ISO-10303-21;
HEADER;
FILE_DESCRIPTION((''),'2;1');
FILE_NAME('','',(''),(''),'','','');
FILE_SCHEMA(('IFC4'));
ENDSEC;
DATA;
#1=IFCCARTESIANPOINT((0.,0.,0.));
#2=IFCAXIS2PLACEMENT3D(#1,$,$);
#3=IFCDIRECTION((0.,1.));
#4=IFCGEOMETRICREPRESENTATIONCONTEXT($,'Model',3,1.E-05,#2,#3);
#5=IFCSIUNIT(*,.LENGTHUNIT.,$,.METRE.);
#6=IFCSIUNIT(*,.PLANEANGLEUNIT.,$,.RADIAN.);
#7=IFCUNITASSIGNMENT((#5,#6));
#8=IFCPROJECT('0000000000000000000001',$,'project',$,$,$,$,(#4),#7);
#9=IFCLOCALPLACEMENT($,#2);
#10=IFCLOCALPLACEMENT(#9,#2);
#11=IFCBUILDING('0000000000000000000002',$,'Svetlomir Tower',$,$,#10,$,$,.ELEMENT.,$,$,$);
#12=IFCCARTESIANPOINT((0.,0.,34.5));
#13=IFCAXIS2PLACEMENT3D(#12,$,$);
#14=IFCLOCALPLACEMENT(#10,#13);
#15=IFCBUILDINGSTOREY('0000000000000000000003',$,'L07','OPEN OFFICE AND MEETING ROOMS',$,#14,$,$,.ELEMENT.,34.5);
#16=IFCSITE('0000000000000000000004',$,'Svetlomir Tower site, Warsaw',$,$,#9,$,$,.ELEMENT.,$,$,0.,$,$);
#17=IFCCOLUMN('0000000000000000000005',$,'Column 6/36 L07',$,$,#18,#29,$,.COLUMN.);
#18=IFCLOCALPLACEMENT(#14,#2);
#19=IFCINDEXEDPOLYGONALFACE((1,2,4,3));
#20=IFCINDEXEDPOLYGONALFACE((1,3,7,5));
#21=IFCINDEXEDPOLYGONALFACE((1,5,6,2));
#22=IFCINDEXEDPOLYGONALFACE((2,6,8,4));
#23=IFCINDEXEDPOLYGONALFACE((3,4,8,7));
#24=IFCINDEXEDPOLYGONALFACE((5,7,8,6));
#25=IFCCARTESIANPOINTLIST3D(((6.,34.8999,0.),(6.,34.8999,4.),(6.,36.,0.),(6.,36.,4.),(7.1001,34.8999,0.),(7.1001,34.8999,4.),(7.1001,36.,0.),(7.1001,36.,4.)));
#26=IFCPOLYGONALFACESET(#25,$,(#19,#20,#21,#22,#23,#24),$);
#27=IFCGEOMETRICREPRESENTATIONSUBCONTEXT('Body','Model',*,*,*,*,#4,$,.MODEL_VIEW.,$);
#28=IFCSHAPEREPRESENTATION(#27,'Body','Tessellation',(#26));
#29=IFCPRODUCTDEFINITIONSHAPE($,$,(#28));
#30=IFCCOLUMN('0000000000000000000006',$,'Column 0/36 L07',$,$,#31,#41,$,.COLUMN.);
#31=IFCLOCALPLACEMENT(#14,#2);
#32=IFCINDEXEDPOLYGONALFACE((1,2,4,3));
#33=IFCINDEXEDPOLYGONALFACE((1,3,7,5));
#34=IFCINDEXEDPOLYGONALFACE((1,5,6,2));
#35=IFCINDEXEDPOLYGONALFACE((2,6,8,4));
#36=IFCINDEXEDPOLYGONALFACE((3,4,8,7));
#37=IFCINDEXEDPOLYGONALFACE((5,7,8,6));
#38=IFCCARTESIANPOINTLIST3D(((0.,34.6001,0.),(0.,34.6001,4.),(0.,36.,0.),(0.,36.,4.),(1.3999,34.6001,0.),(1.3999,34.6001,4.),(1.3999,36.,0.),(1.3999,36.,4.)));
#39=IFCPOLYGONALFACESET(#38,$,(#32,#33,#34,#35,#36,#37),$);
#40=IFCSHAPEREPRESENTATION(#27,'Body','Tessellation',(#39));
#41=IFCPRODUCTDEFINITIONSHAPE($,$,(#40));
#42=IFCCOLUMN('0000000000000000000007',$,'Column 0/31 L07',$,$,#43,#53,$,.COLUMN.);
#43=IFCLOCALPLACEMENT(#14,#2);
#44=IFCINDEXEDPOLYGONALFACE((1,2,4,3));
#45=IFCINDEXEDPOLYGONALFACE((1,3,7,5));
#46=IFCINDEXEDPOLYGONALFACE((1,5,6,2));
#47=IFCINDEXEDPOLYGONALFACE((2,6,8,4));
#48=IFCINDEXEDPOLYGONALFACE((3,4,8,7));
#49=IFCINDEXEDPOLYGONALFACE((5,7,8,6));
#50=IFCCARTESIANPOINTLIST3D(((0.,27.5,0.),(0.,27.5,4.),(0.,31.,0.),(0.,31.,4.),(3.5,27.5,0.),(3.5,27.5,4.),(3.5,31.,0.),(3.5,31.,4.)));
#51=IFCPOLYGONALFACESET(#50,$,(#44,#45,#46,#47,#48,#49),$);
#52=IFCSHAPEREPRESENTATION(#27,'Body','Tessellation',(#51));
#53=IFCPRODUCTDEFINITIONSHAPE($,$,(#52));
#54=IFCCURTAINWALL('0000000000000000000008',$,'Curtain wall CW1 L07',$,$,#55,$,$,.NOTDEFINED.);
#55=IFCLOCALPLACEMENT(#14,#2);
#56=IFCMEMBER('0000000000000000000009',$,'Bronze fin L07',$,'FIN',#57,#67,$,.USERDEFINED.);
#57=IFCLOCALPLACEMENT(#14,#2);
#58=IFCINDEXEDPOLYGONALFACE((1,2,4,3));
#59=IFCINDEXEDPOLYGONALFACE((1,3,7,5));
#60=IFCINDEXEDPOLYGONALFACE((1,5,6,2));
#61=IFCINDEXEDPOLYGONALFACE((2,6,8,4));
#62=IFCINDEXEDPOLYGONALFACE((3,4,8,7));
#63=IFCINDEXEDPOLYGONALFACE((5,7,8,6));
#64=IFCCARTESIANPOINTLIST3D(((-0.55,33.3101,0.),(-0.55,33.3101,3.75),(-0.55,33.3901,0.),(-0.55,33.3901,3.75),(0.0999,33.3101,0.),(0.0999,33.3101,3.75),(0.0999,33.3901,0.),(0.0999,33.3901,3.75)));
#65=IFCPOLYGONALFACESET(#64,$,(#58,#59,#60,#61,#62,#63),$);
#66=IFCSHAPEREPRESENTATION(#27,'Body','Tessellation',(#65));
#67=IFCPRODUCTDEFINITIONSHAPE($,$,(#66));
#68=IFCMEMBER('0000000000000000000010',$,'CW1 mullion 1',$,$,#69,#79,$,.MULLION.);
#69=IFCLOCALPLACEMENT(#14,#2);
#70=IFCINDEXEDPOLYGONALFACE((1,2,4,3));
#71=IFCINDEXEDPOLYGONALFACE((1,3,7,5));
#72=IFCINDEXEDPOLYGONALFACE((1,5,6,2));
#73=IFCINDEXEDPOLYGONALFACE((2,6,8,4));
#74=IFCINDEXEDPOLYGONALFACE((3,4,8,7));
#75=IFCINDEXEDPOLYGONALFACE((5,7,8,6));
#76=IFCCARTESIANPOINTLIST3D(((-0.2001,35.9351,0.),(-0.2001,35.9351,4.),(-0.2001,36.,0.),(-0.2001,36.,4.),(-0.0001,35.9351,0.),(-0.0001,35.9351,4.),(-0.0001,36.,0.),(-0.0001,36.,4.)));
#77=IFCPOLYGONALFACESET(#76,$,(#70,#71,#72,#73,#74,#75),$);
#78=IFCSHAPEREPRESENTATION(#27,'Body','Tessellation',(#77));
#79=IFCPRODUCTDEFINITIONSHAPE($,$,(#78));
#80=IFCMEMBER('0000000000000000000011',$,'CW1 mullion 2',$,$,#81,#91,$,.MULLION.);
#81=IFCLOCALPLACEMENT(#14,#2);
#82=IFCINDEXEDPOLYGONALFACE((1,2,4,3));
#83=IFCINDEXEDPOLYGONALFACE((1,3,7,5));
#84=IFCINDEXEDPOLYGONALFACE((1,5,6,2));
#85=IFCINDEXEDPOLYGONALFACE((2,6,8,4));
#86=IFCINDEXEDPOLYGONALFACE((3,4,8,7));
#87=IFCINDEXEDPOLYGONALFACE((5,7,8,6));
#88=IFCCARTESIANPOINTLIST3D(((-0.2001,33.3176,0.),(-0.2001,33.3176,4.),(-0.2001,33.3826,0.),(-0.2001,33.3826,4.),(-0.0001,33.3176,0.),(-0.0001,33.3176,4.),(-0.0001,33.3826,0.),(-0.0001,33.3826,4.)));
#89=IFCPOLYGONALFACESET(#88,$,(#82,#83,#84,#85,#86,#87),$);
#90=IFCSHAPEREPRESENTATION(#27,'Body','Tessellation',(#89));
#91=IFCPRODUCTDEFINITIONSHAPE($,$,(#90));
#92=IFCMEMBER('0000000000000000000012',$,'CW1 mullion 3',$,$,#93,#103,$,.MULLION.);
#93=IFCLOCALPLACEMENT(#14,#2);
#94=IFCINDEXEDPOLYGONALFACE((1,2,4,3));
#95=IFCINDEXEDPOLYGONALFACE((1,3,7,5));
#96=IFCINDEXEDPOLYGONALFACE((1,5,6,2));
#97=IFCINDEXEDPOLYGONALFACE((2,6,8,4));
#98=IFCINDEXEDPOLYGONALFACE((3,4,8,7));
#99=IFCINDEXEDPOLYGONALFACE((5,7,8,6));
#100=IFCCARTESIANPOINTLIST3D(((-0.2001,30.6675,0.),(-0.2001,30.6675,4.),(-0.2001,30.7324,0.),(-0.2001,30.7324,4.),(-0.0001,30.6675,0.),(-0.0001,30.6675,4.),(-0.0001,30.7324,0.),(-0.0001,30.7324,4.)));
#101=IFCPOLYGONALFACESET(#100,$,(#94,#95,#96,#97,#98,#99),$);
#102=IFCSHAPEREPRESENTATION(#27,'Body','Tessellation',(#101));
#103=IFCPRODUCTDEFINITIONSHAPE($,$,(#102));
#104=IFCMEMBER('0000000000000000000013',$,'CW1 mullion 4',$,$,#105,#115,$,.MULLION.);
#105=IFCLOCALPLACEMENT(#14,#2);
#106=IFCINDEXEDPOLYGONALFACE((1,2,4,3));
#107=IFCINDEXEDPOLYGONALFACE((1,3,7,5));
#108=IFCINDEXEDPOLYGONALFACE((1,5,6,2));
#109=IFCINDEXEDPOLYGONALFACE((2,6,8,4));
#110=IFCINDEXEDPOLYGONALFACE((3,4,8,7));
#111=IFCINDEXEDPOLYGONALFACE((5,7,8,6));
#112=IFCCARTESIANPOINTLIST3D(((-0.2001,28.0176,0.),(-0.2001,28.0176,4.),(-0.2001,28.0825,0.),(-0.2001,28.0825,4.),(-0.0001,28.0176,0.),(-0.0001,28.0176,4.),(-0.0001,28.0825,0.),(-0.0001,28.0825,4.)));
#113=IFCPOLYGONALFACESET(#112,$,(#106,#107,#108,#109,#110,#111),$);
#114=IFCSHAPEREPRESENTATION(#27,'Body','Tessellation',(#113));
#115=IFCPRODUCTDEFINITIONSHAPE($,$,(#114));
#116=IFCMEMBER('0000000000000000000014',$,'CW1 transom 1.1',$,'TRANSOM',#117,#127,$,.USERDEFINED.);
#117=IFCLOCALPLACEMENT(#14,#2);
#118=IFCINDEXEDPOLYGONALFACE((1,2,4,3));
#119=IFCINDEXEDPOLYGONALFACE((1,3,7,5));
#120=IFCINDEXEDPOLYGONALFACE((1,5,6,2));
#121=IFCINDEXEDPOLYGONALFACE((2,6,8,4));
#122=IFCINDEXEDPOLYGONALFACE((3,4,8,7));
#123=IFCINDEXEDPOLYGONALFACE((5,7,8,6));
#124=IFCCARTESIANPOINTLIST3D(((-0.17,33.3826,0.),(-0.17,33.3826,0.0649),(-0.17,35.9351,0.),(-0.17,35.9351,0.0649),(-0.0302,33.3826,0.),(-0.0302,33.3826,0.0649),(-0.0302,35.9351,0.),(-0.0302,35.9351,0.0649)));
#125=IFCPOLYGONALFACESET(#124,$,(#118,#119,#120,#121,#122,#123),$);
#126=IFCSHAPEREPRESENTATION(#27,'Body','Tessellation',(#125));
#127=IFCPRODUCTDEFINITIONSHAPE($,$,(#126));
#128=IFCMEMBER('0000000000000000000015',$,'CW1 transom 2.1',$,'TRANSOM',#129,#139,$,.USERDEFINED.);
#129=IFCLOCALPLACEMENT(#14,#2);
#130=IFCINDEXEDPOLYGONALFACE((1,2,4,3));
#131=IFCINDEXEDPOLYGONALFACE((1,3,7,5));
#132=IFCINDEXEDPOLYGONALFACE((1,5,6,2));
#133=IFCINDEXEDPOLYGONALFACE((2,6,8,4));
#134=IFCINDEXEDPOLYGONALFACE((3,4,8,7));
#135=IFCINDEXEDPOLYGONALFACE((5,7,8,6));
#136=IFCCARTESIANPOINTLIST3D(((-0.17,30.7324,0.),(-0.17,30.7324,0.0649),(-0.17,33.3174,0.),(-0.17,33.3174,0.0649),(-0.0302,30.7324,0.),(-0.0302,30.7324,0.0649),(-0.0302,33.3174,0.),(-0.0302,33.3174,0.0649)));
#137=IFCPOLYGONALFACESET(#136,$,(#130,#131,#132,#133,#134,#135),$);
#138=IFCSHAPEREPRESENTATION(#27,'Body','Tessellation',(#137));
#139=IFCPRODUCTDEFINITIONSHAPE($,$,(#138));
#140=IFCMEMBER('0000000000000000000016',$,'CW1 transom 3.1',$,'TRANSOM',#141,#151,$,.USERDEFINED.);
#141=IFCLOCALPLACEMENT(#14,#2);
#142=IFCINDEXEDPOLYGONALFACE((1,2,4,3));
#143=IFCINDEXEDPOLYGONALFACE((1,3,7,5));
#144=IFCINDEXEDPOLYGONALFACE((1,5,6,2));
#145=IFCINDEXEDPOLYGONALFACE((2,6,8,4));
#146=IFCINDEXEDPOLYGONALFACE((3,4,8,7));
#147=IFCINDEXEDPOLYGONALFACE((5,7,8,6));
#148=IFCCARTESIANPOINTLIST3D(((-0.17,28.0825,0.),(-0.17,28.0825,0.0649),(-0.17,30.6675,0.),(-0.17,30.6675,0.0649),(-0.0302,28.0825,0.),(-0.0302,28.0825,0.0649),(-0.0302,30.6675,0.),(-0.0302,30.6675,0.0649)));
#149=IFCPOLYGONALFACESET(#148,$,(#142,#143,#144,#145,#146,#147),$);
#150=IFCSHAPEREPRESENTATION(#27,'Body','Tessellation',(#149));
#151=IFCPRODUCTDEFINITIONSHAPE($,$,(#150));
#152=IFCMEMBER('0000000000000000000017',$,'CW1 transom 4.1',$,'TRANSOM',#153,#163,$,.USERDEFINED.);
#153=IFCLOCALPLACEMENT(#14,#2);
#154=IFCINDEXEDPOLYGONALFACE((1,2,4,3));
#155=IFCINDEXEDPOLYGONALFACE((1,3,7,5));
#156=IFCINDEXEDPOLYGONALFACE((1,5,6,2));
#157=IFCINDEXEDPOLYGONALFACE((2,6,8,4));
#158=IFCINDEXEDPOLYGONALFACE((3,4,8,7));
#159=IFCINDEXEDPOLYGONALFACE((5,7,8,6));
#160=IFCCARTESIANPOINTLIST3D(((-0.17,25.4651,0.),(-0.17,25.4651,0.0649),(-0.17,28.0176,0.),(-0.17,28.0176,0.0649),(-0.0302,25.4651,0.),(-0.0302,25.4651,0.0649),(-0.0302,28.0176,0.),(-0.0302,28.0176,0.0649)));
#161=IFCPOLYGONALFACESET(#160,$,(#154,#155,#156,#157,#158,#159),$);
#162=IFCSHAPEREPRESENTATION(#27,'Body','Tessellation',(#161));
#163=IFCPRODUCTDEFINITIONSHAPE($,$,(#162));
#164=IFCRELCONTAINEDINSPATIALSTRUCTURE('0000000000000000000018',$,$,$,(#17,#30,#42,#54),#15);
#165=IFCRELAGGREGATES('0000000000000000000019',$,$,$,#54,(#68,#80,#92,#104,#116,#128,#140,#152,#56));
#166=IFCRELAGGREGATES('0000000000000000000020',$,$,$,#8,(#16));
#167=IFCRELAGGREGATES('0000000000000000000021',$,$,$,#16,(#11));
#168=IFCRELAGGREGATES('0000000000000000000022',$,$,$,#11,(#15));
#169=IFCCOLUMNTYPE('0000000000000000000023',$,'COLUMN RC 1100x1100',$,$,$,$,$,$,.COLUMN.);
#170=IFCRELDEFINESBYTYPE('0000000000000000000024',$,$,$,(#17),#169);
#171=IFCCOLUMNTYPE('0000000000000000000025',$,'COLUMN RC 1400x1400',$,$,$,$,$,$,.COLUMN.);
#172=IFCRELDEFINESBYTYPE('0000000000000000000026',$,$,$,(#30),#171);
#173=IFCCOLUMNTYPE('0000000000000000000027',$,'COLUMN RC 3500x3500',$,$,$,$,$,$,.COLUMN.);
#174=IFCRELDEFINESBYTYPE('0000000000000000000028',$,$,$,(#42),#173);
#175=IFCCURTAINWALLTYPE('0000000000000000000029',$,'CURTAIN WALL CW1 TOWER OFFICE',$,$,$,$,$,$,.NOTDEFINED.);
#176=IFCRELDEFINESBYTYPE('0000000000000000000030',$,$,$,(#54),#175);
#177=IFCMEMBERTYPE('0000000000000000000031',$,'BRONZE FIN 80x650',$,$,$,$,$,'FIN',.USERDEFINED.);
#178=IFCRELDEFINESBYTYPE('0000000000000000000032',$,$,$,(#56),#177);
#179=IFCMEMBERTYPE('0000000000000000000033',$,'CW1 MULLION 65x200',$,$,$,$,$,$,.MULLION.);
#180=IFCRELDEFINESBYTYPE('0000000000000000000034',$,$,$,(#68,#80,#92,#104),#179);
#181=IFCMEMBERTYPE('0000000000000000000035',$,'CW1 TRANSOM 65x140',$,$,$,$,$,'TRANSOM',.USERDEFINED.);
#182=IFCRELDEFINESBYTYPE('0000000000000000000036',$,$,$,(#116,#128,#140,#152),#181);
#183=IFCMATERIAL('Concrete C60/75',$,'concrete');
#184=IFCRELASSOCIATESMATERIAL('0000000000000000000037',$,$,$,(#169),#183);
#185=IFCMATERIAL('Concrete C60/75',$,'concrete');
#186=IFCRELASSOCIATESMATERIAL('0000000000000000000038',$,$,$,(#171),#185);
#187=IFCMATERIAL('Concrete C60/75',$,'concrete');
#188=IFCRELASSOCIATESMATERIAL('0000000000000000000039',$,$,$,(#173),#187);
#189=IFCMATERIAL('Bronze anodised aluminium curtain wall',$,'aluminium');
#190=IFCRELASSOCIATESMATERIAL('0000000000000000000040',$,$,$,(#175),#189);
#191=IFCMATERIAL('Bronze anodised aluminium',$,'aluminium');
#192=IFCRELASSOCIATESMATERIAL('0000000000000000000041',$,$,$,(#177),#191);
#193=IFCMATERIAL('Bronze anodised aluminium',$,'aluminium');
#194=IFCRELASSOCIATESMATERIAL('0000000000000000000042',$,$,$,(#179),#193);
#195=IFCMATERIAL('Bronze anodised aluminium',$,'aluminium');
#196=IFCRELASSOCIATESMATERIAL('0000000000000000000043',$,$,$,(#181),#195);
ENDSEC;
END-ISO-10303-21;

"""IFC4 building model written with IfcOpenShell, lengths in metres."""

from ifc_helpers import new_model, si_unit, direction, frame, origin, origin_2d, place, context, subcontext, project, spatial, rectangle, extrude, material, material_profile, profile_set, type_object, element, aggregate, save


model = new_model("IFC4")

# Units and contexts
model_context = context("Model", 3, precision=1e-05, world=origin(), true_north=direction((0.0, 1.0)))
body_context = subcontext(model_context, "Body", "Model", "MODEL_VIEW")
ifc_project = project(units=[si_unit("LENGTHUNIT", "METRE"), si_unit("PLANEANGLEUNIT", "RADIAN")], contexts=[model_context])

# Site, building, storey
site_placement = place(None, origin())
site = spatial("IfcSite", under=ifc_project, at=site_placement, Name="Svetlomir Tower site, Warsaw", CompositionType="ELEMENT", RefElevation=0.0)
building_placement = place(site_placement, origin())
building = spatial("IfcBuilding", under=site, at=building_placement, Name="Svetlomir Tower", CompositionType="ELEMENT")
storey_placement = place(building_placement, frame((0.0, 0.0, 34.5)))
storey = spatial("IfcBuildingStorey", under=building, at=storey_placement, Name="L07", Description="OPEN OFFICE AND MEETING ROOMS", CompositionType="ELEMENT", Elevation=34.5)

# Columns
ifc_material_1 = material(Name="Concrete C60/75", Category="concrete")
ifc_material_profile_1 = material_profile(ifc_material_1, rectangle(XDim=1.1001, YDim=1.1001, at=origin_2d()), Name="RC 1100x1100")
ifc_profile_set_1 = profile_set([ifc_material_profile_1], Name="Concrete C60/75")
column_type_1 = type_object("IfcColumnType", Name="COLUMN RC 1100x1100", PredefinedType="COLUMN", material=ifc_profile_set_1)
column_1_placement = place(storey_placement, frame((6.55, 35.45, 0.0), z_axis=(0.0, 0.0, 1.0), x_axis=(1.0, 0.0, 0.0)))
element("IfcColumn", 1, at=column_1_placement, inside=storey, type_object=column_type_1, Name="Column 6/36 L07", PredefinedType="COLUMN", context=body_context, shape_type="SweptSolid", body=[
    extrude(rectangle(XDim=1.1001, YDim=1.1001, at=origin_2d()), origin(), (0.0, 0.0, 1.0), 4.0),
])
ifc_material_2 = material(Name="Concrete C60/75", Category="concrete")
ifc_material_profile_2 = material_profile(ifc_material_2, rectangle(XDim=1.3999, YDim=1.3999, at=origin_2d()), Name="RC 1400x1400")
ifc_profile_set_2 = profile_set([ifc_material_profile_2], Name="Concrete C60/75")
column_type_2 = type_object("IfcColumnType", Name="COLUMN RC 1400x1400", PredefinedType="COLUMN", material=ifc_profile_set_2)
column_2_placement = place(storey_placement, frame((0.7, 35.3, 0.0), z_axis=(0.0, 0.0, 1.0), x_axis=(1.0, 0.0, 0.0)))
element("IfcColumn", 2, at=column_2_placement, inside=storey, type_object=column_type_2, Name="Column 0/36 L07", PredefinedType="COLUMN", context=body_context, shape_type="SweptSolid", body=[
    extrude(rectangle(XDim=1.3999, YDim=1.3999, at=origin_2d()), origin(), (0.0, 0.0, 1.0), 4.0),
])
ifc_material_3 = material(Name="Concrete C60/75", Category="concrete")
ifc_material_profile_3 = material_profile(ifc_material_3, rectangle(XDim=3.5, YDim=3.5, at=origin_2d()), Name="RC 3500x3500")
ifc_profile_set_3 = profile_set([ifc_material_profile_3], Name="Concrete C60/75")
column_type_3 = type_object("IfcColumnType", Name="COLUMN RC 3500x3500", PredefinedType="COLUMN", material=ifc_profile_set_3)
column_3_placement = place(storey_placement, frame((1.75, 29.25, 0.0), z_axis=(0.0, 0.0, 1.0), x_axis=(1.0, 0.0, 0.0)))
element("IfcColumn", 3, at=column_3_placement, inside=storey, type_object=column_type_3, Name="Column 0/31 L07", PredefinedType="COLUMN", context=body_context, shape_type="SweptSolid", body=[
    extrude(rectangle(XDim=3.5, YDim=3.5, at=origin_2d()), origin(), (0.0, 0.0, 1.0), 4.0),
])

# Curtain wall, members
ifc_material_4 = material(Name="Bronze anodised aluminium curtain wall", Category="aluminium")
curtain_wall_type = type_object("IfcCurtainWallType", Name="CURTAIN WALL CW1 TOWER OFFICE", PredefinedType="NOTDEFINED", material=ifc_material_4)
curtain_wall_placement = place(storey_placement, origin())
curtain_wall = element("IfcCurtainWall", 4, at=curtain_wall_placement, inside=storey, type_object=curtain_wall_type, Name="Curtain wall CW1 L07", PredefinedType="NOTDEFINED")
ifc_material_5 = material(Name="Bronze anodised aluminium", Category="aluminium")
ifc_material_profile_4 = material_profile(ifc_material_5, rectangle(XDim=0.0801, YDim=0.6499, at=origin_2d()), Name="FIN 80x650")
ifc_profile_set_4 = profile_set([ifc_material_profile_4], Name="Bronze anodised aluminium 6063-T6")
member_type_1 = type_object("IfcMemberType", Name="BRONZE FIN 80x650", ElementType="FIN", PredefinedType="USERDEFINED", material=ifc_profile_set_4)
member_1_placement = place(storey_placement, frame((-0.2251, 33.3501, 0.0), z_axis=(0.0, 0.0, 1.0), x_axis=(0.0, 1.0, 0.0)))
member_1 = element("IfcMember", 5, at=member_1_placement, type_object=member_type_1, Name="Bronze fin L07", ObjectType="FIN", PredefinedType="USERDEFINED", context=body_context, shape_type="SweptSolid", body=[
    extrude(rectangle(XDim=0.0801, YDim=0.6499, at=origin_2d()), origin(), (0.0, 0.0, 1.0), 3.75),
])
ifc_material_6 = material(Name="Bronze anodised aluminium", Category="aluminium")
ifc_material_profile_5 = material_profile(ifc_material_6, rectangle(XDim=0.0649, YDim=0.2, at=origin_2d()), Name="AL 65x200")
ifc_profile_set_5 = profile_set([ifc_material_profile_5], Name="Bronze anodised aluminium 6063-T6")
member_type_2 = type_object("IfcMemberType", Name="CW1 MULLION 65x200", PredefinedType="MULLION", material=ifc_profile_set_5)
member_2_placement = place(storey_placement, frame((-0.1001, 35.9675, 0.0), z_axis=(0.0, 0.0, 1.0), x_axis=(0.0, -1.0, 0.0)))
member_2 = element("IfcMember", 6, at=member_2_placement, type_object=member_type_2, Name="CW1 mullion 1", PredefinedType="MULLION", context=body_context, shape_type="SweptSolid", body=[
    extrude(rectangle(XDim=0.0649, YDim=0.2, at=origin_2d()), origin(), (0.0, 0.0, 1.0), 4.0),
])
member_3_placement = place(storey_placement, frame((-0.1001, 33.3501, 0.0), z_axis=(0.0, 0.0, 1.0), x_axis=(0.0, -1.0, 0.0)))
member_3 = element("IfcMember", 7, at=member_3_placement, type_object=member_type_2, Name="CW1 mullion 2", PredefinedType="MULLION", context=body_context, shape_type="SweptSolid", body=[
    extrude(rectangle(XDim=0.0649, YDim=0.2, at=origin_2d()), origin(), (0.0, 0.0, 1.0), 4.0),
])
member_4_placement = place(storey_placement, frame((-0.1001, 30.7, 0.0), z_axis=(0.0, 0.0, 1.0), x_axis=(0.0, -1.0, 0.0)))
member_4 = element("IfcMember", 8, at=member_4_placement, type_object=member_type_2, Name="CW1 mullion 3", PredefinedType="MULLION", context=body_context, shape_type="SweptSolid", body=[
    extrude(rectangle(XDim=0.0649, YDim=0.2, at=origin_2d()), origin(), (0.0, 0.0, 1.0), 4.0),
])
member_5_placement = place(storey_placement, frame((-0.1001, 28.05, 0.0), z_axis=(0.0, 0.0, 1.0), x_axis=(0.0, -1.0, 0.0)))
member_5 = element("IfcMember", 9, at=member_5_placement, type_object=member_type_2, Name="CW1 mullion 4", PredefinedType="MULLION", context=body_context, shape_type="SweptSolid", body=[
    extrude(rectangle(XDim=0.0649, YDim=0.2, at=origin_2d()), origin(), (0.0, 0.0, 1.0), 4.0),
])
ifc_material_7 = material(Name="Bronze anodised aluminium", Category="aluminium")
ifc_material_profile_6 = material_profile(ifc_material_7, rectangle(XDim=0.1399, YDim=0.0649, at=origin_2d()), Name="AL 140x65")
ifc_profile_set_6 = profile_set([ifc_material_profile_6], Name="Bronze anodised aluminium 6063-T6")
member_type_3 = type_object("IfcMemberType", Name="CW1 TRANSOM 65x140", ElementType="TRANSOM", PredefinedType="USERDEFINED", material=ifc_profile_set_6)
member_6_placement = place(storey_placement, frame((-0.1001, 35.9351, 0.0325), z_axis=(0.0, -1.0, 0.0), x_axis=(1.0, 0.0, 0.0)))
member_6 = element("IfcMember", 10, at=member_6_placement, type_object=member_type_3, Name="CW1 transom 1.1", ObjectType="TRANSOM", PredefinedType="USERDEFINED", context=body_context, shape_type="SweptSolid", body=[
    extrude(rectangle(XDim=0.1399, YDim=0.0649, at=origin_2d()), origin(), (0.0, 0.0, 1.0), 2.5525),
])
member_7_placement = place(storey_placement, frame((-0.1001, 33.3174, 0.0325), z_axis=(0.0, -1.0, 0.0), x_axis=(1.0, 0.0, 0.0)))
member_7 = element("IfcMember", 11, at=member_7_placement, type_object=member_type_3, Name="CW1 transom 2.1", ObjectType="TRANSOM", PredefinedType="USERDEFINED", context=body_context, shape_type="SweptSolid", body=[
    extrude(rectangle(XDim=0.1399, YDim=0.0649, at=origin_2d()), origin(), (0.0, 0.0, 1.0), 2.585),
])
member_8_placement = place(storey_placement, frame((-0.1001, 30.6675, 0.0325), z_axis=(0.0, -1.0, 0.0), x_axis=(1.0, 0.0, 0.0)))
member_8 = element("IfcMember", 12, at=member_8_placement, type_object=member_type_3, Name="CW1 transom 3.1", ObjectType="TRANSOM", PredefinedType="USERDEFINED", context=body_context, shape_type="SweptSolid", body=[
    extrude(rectangle(XDim=0.1399, YDim=0.0649, at=origin_2d()), origin(), (0.0, 0.0, 1.0), 2.585),
])
member_9_placement = place(storey_placement, frame((-0.1001, 28.0176, 0.0325), z_axis=(0.0, -1.0, 0.0), x_axis=(1.0, 0.0, 0.0)))
member_9 = element("IfcMember", 13, at=member_9_placement, type_object=member_type_3, Name="CW1 transom 4.1", ObjectType="TRANSOM", PredefinedType="USERDEFINED", context=body_context, shape_type="SweptSolid", body=[
    extrude(rectangle(XDim=0.1399, YDim=0.0649, at=origin_2d()), origin(), (0.0, 0.0, 1.0), 2.5525),
])

aggregate(curtain_wall, [member_2, member_3, member_4, member_5, member_6, member_7, member_8, member_9, member_1])

save(model, "model.ifc")
